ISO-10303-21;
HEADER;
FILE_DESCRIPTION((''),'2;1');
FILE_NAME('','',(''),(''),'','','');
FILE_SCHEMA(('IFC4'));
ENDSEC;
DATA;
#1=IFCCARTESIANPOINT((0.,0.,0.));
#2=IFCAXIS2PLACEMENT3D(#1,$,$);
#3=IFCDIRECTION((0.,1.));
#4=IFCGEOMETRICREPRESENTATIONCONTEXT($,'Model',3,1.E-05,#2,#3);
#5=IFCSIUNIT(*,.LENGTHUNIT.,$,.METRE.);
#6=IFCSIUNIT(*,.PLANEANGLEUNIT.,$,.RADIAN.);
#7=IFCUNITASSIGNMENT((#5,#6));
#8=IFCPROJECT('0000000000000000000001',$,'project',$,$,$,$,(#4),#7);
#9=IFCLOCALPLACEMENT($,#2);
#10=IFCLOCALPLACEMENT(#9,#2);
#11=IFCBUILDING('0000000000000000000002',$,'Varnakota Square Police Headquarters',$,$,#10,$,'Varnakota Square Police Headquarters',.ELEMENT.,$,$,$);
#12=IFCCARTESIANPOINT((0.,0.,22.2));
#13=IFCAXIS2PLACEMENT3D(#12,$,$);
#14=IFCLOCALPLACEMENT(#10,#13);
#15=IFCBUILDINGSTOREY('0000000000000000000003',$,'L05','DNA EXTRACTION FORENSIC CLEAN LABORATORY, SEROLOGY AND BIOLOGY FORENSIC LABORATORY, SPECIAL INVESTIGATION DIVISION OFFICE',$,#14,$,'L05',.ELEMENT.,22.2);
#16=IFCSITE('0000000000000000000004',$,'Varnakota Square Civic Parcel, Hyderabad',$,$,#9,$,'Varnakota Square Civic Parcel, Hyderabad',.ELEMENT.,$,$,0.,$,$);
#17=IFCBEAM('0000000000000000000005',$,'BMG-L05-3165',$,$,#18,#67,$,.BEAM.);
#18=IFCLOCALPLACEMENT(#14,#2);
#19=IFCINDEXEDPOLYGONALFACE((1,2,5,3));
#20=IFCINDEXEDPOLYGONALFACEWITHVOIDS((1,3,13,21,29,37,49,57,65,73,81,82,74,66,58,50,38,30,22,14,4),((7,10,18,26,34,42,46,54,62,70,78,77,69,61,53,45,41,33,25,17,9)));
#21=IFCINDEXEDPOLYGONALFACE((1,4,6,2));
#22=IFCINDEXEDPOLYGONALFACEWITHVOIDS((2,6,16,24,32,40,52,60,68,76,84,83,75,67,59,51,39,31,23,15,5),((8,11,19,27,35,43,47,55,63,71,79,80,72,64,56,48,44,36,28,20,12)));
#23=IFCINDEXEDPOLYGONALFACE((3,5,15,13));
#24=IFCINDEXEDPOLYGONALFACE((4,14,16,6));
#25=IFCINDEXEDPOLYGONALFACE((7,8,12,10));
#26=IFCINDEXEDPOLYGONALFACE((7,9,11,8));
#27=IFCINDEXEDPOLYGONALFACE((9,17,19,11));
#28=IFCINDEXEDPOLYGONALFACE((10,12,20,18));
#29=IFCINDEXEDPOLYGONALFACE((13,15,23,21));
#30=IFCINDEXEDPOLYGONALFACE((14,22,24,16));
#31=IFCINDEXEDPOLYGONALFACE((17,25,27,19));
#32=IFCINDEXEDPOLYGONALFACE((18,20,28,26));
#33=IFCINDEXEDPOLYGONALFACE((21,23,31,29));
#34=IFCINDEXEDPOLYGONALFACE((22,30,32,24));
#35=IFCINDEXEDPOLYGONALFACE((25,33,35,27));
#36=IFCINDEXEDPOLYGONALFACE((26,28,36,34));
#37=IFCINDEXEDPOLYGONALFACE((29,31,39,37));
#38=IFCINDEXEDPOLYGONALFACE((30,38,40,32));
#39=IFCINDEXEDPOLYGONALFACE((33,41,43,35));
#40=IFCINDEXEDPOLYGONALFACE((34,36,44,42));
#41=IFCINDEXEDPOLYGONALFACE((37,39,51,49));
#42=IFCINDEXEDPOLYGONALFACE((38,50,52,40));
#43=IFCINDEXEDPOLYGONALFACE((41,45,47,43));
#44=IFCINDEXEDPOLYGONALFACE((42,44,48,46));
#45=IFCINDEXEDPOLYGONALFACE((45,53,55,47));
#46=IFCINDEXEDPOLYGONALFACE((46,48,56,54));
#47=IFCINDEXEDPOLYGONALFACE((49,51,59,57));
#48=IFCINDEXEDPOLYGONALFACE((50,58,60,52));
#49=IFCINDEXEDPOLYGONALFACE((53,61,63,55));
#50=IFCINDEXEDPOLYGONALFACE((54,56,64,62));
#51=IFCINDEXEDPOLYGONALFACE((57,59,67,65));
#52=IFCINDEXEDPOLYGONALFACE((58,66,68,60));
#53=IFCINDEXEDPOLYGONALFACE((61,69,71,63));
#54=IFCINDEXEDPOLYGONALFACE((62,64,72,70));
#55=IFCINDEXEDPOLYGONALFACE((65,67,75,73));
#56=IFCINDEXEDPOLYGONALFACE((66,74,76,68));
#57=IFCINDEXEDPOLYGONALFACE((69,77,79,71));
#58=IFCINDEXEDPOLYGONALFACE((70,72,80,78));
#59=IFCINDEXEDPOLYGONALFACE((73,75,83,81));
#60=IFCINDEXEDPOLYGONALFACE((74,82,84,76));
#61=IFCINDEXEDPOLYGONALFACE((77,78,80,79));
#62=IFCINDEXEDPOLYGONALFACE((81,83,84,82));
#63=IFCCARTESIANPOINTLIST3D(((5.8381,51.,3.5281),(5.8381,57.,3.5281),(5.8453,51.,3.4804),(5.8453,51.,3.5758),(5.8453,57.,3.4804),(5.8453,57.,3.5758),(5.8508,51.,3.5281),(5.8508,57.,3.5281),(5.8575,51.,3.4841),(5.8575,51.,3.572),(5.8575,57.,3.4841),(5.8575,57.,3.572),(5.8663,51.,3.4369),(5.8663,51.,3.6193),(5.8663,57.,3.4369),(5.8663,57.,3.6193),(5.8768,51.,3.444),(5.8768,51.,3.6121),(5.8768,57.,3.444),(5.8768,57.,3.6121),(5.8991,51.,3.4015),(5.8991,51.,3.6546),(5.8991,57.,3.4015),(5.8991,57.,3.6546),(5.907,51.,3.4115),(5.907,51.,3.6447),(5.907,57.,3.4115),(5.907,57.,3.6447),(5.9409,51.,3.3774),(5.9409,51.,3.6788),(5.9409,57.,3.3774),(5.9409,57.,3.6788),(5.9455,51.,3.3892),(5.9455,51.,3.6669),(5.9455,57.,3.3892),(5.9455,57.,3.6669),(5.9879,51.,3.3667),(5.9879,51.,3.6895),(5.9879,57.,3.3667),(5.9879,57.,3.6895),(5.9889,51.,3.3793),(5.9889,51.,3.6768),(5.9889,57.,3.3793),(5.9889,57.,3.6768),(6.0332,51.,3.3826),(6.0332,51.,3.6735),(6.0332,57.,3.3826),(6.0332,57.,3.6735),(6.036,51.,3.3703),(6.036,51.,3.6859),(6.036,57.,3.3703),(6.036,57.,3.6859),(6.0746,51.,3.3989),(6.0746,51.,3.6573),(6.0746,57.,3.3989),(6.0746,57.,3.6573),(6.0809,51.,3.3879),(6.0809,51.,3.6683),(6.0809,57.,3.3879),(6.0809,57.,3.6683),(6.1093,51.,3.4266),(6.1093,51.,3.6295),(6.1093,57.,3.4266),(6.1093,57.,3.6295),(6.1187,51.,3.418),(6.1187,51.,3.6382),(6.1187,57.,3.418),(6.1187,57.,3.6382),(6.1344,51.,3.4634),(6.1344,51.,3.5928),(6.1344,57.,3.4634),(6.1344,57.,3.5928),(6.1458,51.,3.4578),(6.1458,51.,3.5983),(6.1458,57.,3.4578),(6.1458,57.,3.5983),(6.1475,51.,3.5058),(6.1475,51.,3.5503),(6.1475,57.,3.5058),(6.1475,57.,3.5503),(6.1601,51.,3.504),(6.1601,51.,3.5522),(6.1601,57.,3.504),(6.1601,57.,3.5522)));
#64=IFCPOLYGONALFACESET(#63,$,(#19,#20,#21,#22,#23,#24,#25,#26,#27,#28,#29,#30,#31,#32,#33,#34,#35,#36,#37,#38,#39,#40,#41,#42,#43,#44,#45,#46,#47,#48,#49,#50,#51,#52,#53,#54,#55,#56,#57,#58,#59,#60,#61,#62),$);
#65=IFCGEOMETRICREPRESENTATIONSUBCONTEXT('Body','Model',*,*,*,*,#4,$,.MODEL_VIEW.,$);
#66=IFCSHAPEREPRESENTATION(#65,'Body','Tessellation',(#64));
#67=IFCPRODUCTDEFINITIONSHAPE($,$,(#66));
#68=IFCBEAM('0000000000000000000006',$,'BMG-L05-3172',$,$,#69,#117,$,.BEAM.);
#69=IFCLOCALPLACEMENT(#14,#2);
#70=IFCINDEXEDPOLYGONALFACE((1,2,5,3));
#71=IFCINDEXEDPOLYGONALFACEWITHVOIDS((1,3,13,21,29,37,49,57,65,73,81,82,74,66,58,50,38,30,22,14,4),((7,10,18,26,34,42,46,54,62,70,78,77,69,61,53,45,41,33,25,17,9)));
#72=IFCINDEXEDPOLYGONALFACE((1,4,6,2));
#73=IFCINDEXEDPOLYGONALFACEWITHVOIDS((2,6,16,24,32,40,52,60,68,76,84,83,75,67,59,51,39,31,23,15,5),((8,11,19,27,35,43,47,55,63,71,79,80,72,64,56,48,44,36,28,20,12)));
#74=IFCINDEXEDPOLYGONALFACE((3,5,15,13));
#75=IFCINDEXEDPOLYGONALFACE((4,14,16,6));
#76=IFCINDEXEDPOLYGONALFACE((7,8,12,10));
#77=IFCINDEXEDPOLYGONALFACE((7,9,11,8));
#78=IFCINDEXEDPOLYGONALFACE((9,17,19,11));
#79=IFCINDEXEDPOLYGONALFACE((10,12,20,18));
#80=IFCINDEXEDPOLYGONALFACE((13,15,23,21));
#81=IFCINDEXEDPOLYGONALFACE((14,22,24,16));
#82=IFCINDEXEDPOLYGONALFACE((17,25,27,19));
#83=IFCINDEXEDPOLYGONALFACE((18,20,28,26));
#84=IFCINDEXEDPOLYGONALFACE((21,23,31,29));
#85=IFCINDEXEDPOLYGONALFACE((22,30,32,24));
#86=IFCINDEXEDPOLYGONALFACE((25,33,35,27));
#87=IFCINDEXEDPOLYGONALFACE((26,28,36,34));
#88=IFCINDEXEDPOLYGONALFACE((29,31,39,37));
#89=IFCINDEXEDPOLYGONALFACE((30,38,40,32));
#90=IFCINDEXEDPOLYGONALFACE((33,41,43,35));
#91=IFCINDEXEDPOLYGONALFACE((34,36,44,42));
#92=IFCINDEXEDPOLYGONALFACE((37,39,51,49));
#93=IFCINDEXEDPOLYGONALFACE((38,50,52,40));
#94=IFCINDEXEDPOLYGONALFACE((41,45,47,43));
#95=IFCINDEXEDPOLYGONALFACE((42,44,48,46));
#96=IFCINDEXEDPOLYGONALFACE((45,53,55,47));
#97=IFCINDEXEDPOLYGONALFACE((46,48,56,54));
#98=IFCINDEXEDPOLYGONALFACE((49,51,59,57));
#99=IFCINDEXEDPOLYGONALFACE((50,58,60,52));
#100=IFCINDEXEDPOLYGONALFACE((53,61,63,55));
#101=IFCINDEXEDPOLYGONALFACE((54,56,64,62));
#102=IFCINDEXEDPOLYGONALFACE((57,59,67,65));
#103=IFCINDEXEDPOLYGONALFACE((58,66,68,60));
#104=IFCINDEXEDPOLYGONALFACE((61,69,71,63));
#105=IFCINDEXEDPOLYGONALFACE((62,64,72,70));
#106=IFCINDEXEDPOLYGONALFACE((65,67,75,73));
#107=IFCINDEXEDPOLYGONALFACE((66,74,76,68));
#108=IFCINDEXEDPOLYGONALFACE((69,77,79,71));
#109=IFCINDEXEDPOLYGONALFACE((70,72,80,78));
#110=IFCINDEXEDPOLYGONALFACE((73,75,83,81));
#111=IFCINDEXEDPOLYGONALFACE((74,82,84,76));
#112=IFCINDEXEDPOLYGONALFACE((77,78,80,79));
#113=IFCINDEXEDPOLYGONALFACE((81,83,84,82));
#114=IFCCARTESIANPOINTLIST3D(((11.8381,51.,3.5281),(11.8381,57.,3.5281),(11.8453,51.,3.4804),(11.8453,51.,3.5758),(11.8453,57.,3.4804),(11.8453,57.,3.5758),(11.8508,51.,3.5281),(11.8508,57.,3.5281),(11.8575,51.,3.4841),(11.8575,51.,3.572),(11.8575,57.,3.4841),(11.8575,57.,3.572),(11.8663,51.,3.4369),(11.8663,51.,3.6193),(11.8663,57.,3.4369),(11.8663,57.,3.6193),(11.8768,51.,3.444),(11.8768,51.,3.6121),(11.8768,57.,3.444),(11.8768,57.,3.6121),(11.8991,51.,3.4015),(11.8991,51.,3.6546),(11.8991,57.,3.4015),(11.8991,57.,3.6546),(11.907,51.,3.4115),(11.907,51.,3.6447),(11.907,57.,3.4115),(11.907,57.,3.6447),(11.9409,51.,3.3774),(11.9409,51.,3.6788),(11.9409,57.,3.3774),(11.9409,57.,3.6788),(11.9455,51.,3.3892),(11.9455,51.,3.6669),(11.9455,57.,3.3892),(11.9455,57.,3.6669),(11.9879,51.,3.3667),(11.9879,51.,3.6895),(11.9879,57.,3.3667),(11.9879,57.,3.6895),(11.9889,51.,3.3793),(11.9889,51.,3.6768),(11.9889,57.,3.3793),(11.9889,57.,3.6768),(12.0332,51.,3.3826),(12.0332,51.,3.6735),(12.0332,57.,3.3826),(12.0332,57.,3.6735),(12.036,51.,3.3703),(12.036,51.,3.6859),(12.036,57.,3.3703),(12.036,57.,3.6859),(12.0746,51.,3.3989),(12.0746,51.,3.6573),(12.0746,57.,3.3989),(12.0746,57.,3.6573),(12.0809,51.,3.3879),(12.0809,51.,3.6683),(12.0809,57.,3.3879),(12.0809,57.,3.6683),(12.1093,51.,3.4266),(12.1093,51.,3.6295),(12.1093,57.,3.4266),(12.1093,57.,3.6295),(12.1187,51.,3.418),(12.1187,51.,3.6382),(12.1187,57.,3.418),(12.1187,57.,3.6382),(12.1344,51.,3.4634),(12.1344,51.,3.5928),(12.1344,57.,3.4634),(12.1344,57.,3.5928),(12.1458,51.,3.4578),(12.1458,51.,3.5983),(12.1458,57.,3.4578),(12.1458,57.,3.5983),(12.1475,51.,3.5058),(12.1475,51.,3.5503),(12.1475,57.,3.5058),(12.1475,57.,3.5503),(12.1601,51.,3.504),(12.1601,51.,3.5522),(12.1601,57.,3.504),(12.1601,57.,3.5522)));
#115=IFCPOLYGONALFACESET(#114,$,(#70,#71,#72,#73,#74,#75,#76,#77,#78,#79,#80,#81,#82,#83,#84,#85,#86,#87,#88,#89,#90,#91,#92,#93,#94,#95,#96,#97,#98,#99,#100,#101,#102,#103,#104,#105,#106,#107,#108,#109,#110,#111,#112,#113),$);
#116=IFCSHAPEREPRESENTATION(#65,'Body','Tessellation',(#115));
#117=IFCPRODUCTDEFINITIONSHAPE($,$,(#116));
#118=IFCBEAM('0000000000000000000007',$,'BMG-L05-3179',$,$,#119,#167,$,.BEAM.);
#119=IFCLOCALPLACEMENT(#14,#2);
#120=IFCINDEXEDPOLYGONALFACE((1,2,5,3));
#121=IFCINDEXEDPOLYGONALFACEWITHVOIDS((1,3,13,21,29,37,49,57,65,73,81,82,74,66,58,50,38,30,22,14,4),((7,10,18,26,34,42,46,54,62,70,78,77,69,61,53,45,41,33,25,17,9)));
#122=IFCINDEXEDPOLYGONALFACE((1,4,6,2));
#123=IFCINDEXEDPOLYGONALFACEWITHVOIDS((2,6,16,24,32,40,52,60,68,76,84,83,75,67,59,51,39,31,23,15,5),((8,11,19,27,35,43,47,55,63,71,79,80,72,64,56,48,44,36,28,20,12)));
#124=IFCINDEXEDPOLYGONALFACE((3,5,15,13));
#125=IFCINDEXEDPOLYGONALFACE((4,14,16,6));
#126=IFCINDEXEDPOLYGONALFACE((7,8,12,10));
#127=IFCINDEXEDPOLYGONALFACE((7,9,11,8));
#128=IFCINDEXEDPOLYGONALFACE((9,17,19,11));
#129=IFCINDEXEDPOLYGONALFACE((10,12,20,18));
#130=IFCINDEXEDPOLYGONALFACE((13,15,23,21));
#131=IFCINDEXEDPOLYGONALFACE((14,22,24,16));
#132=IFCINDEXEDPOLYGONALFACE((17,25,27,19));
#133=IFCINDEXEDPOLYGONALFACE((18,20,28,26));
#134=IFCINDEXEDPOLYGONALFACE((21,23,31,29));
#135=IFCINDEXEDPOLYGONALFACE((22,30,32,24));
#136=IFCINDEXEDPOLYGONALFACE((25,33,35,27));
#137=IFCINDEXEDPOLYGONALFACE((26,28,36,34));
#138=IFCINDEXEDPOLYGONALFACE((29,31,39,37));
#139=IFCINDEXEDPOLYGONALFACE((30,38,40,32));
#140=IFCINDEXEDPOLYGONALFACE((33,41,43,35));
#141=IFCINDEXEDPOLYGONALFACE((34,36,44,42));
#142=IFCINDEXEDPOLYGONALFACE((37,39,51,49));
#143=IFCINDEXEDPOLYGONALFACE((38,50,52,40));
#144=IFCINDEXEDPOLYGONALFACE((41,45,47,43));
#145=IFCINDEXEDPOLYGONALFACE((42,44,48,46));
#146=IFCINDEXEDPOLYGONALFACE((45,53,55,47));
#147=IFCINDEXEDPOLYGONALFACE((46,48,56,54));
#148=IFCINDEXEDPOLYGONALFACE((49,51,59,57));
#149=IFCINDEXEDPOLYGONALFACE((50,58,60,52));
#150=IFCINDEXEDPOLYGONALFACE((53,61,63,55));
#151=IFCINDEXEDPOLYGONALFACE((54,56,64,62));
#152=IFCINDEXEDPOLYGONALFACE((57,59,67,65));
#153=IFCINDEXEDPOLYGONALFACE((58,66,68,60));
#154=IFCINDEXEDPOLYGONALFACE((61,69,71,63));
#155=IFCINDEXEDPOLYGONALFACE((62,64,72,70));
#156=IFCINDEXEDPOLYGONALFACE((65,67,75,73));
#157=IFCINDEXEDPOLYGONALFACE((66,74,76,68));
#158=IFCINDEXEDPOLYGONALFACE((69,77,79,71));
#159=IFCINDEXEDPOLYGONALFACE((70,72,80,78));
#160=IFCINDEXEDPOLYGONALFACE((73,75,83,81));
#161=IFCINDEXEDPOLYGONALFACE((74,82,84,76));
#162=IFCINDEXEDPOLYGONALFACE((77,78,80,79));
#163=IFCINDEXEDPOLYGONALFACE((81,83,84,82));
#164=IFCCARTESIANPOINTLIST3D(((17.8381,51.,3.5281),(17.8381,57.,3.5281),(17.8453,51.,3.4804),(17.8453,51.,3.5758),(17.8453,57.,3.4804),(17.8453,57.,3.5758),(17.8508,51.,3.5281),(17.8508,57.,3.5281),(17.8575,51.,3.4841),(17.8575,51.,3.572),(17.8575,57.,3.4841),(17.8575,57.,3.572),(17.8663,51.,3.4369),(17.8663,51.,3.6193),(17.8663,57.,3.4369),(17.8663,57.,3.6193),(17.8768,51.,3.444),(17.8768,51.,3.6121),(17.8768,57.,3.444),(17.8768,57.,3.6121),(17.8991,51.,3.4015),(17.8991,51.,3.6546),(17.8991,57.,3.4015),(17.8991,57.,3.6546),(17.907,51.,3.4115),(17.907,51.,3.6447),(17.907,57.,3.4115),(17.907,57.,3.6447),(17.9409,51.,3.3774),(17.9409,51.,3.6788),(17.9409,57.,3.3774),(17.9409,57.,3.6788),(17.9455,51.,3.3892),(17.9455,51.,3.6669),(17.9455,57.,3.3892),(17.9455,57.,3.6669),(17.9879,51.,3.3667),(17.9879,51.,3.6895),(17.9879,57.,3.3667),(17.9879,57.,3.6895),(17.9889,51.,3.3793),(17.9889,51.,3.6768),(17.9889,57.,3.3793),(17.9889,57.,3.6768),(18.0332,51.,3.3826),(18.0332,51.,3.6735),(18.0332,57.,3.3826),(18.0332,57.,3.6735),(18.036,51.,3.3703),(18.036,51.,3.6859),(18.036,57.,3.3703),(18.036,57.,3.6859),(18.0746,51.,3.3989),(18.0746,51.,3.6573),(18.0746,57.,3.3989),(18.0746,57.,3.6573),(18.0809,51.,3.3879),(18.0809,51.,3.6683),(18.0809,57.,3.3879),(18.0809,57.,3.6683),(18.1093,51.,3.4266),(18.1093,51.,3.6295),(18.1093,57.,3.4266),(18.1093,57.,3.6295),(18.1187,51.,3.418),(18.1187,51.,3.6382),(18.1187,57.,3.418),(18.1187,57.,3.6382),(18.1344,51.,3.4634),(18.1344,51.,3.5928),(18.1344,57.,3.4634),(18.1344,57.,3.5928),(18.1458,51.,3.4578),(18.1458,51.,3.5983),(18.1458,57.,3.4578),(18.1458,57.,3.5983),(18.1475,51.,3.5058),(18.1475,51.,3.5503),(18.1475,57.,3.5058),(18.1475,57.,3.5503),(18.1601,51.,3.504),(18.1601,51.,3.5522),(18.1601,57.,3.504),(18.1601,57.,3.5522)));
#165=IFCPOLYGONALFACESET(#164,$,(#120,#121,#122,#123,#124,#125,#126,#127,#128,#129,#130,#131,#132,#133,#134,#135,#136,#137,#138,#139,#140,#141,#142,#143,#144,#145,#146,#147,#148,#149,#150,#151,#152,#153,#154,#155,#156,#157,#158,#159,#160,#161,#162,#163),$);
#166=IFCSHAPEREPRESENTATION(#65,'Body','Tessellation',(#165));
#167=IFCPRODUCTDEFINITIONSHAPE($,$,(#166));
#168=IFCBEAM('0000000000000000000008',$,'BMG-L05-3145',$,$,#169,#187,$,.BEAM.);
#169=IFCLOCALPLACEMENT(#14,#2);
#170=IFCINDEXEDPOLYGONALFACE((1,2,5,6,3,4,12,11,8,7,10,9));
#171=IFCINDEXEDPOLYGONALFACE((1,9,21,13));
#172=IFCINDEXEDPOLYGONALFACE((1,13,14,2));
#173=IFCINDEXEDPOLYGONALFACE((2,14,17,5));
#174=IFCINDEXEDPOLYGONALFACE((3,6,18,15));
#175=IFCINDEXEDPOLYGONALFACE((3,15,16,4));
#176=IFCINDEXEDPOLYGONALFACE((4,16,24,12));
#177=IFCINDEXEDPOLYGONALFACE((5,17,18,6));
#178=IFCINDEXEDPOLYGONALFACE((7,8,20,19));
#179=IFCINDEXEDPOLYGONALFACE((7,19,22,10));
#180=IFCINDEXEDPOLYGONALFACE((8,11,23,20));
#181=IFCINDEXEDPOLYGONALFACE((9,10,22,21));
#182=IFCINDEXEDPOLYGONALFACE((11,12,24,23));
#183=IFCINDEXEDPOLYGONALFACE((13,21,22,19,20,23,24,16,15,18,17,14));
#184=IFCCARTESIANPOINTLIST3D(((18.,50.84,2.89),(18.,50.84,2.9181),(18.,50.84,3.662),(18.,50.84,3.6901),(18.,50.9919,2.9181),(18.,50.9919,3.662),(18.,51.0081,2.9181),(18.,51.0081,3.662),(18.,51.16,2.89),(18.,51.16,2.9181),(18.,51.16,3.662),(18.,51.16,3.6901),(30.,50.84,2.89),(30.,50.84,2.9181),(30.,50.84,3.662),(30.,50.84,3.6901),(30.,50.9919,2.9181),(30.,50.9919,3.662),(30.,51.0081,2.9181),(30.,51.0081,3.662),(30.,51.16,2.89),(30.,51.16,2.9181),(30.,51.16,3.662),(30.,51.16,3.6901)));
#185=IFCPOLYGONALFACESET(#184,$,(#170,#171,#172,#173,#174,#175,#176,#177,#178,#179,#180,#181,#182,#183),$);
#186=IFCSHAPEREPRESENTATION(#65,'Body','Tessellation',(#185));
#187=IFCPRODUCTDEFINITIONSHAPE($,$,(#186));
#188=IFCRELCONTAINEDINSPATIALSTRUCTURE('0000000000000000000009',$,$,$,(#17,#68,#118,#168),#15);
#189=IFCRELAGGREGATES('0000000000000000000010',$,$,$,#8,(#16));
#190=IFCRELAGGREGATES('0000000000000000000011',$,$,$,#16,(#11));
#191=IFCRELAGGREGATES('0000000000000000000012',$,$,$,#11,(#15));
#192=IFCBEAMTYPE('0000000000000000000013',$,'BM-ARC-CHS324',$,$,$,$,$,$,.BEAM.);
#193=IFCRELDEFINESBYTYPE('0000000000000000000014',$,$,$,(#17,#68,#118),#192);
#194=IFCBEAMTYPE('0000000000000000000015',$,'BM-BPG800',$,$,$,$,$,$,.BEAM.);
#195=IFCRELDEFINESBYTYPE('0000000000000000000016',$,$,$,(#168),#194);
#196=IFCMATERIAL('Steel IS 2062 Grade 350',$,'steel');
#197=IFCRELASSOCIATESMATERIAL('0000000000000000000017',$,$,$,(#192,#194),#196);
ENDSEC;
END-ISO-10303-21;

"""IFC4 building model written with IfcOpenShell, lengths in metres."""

from ifc_helpers import new_model, si_unit, direction, frame, origin, origin_2d, place, context, subcontext, project, spatial, hollow_circle, i_section, extrude, material, material_profile, profile_set, type_object, element, save


model = new_model("IFC4")

# Units and contexts
model_context = context("Model", 3, precision=1e-05, world=origin(), true_north=direction((0.0, 1.0)))
body_context = subcontext(model_context, "Body", "Model", "MODEL_VIEW")
ifc_project = project(units=[si_unit("LENGTHUNIT", "METRE"), si_unit("PLANEANGLEUNIT", "RADIAN")], contexts=[model_context])

# Site, building, storey
site_placement = place(None, origin())
site = spatial("IfcSite", under=ifc_project, at=site_placement, Name="Varnakota Square Civic Parcel, Hyderabad", LongName="Varnakota Square Civic Parcel, Hyderabad", CompositionType="ELEMENT", RefElevation=0.0)
building_placement = place(site_placement, origin())
building = spatial("IfcBuilding", under=site, at=building_placement, Name="Varnakota Square Police Headquarters", LongName="Varnakota Square Police Headquarters", CompositionType="ELEMENT")
storey_placement = place(building_placement, frame((0.0, 0.0, 22.2)))
storey = spatial("IfcBuildingStorey", under=building, at=storey_placement, Name="L05", Description="DNA EXTRACTION FORENSIC CLEAN LABORATORY, SEROLOGY AND BIOLOGY FORENSIC LABORATORY, SPECIAL INVESTIGATION DIVISION OFFICE", LongName="L05", CompositionType="ELEMENT", Elevation=22.2)

# Shared definitions
ifc_material_1 = material(Name="Steel IS 2062 Grade 350", Category="steel")

# Beams
ifc_material_profile_1 = material_profile(ifc_material_1, hollow_circle(Radius=0.1619, WallThickness=0.0127, at=origin_2d()), Name="CHS 323.9x12.7")
ifc_profile_set_1 = profile_set([ifc_material_profile_1], Name="Steel IS 2062 Grade 350")
beam_type_1 = type_object("IfcBeamType", Name="BM-ARC-CHS324", PredefinedType="BEAM", material=ifc_profile_set_1)
for number, where, z_axis, x_axis, name in (
    (1, (6.0, 51.0, 3.5281), (0.0, 1.0, 0.0), (-1.0, 0.0, 0.0), "BMG-L05-3165"),
    (2, (12.0, 51.0, 3.5281), (0.0, 1.0, 0.0), (-1.0, 0.0, 0.0), "BMG-L05-3172"),
    (3, (18.0, 51.0, 3.5281), (0.0, 1.0, 0.0), (-1.0, 0.0, 0.0), "BMG-L05-3179"),
):
    element("IfcBeam", number, at=place(storey_placement, frame(where, z_axis=z_axis, x_axis=x_axis)), inside=storey, type_object=beam_type_1, Name=name, PredefinedType="BEAM", context=body_context, shape_type="SweptSolid", body=[
        extrude(hollow_circle(Radius=0.1619, WallThickness=0.0127, at=origin_2d()), origin(), (0.0, 0.0, 1.0), 6.0),
    ])
ifc_material_profile_2 = material_profile(ifc_material_1, i_section(OverallWidth=0.3201, OverallDepth=0.8, WebThickness=0.0161, FlangeThickness=0.0281, at=origin_2d()), Name="BPG 800x320")
ifc_profile_set_2 = profile_set([ifc_material_profile_2], Name="Steel IS 2062 Grade 350")
beam_type_2 = type_object("IfcBeamType", Name="BM-BPG800", PredefinedType="BEAM", material=ifc_profile_set_2)
beam_1_placement = place(storey_placement, frame((18.0, 51.0, 3.29), z_axis=(1.0, 0.0, 0.0), x_axis=(0.0, 1.0, 0.0)))
element("IfcBeam", 4, at=beam_1_placement, inside=storey, type_object=beam_type_2, Name="BMG-L05-3145", PredefinedType="BEAM", context=body_context, shape_type="SweptSolid", body=[
    extrude(i_section(OverallWidth=0.3201, OverallDepth=0.8, WebThickness=0.0161, FlangeThickness=0.0281, at=origin_2d()), origin(), (0.0, 0.0, 1.0), 12.0),
])

save(model, "model.ifc")
